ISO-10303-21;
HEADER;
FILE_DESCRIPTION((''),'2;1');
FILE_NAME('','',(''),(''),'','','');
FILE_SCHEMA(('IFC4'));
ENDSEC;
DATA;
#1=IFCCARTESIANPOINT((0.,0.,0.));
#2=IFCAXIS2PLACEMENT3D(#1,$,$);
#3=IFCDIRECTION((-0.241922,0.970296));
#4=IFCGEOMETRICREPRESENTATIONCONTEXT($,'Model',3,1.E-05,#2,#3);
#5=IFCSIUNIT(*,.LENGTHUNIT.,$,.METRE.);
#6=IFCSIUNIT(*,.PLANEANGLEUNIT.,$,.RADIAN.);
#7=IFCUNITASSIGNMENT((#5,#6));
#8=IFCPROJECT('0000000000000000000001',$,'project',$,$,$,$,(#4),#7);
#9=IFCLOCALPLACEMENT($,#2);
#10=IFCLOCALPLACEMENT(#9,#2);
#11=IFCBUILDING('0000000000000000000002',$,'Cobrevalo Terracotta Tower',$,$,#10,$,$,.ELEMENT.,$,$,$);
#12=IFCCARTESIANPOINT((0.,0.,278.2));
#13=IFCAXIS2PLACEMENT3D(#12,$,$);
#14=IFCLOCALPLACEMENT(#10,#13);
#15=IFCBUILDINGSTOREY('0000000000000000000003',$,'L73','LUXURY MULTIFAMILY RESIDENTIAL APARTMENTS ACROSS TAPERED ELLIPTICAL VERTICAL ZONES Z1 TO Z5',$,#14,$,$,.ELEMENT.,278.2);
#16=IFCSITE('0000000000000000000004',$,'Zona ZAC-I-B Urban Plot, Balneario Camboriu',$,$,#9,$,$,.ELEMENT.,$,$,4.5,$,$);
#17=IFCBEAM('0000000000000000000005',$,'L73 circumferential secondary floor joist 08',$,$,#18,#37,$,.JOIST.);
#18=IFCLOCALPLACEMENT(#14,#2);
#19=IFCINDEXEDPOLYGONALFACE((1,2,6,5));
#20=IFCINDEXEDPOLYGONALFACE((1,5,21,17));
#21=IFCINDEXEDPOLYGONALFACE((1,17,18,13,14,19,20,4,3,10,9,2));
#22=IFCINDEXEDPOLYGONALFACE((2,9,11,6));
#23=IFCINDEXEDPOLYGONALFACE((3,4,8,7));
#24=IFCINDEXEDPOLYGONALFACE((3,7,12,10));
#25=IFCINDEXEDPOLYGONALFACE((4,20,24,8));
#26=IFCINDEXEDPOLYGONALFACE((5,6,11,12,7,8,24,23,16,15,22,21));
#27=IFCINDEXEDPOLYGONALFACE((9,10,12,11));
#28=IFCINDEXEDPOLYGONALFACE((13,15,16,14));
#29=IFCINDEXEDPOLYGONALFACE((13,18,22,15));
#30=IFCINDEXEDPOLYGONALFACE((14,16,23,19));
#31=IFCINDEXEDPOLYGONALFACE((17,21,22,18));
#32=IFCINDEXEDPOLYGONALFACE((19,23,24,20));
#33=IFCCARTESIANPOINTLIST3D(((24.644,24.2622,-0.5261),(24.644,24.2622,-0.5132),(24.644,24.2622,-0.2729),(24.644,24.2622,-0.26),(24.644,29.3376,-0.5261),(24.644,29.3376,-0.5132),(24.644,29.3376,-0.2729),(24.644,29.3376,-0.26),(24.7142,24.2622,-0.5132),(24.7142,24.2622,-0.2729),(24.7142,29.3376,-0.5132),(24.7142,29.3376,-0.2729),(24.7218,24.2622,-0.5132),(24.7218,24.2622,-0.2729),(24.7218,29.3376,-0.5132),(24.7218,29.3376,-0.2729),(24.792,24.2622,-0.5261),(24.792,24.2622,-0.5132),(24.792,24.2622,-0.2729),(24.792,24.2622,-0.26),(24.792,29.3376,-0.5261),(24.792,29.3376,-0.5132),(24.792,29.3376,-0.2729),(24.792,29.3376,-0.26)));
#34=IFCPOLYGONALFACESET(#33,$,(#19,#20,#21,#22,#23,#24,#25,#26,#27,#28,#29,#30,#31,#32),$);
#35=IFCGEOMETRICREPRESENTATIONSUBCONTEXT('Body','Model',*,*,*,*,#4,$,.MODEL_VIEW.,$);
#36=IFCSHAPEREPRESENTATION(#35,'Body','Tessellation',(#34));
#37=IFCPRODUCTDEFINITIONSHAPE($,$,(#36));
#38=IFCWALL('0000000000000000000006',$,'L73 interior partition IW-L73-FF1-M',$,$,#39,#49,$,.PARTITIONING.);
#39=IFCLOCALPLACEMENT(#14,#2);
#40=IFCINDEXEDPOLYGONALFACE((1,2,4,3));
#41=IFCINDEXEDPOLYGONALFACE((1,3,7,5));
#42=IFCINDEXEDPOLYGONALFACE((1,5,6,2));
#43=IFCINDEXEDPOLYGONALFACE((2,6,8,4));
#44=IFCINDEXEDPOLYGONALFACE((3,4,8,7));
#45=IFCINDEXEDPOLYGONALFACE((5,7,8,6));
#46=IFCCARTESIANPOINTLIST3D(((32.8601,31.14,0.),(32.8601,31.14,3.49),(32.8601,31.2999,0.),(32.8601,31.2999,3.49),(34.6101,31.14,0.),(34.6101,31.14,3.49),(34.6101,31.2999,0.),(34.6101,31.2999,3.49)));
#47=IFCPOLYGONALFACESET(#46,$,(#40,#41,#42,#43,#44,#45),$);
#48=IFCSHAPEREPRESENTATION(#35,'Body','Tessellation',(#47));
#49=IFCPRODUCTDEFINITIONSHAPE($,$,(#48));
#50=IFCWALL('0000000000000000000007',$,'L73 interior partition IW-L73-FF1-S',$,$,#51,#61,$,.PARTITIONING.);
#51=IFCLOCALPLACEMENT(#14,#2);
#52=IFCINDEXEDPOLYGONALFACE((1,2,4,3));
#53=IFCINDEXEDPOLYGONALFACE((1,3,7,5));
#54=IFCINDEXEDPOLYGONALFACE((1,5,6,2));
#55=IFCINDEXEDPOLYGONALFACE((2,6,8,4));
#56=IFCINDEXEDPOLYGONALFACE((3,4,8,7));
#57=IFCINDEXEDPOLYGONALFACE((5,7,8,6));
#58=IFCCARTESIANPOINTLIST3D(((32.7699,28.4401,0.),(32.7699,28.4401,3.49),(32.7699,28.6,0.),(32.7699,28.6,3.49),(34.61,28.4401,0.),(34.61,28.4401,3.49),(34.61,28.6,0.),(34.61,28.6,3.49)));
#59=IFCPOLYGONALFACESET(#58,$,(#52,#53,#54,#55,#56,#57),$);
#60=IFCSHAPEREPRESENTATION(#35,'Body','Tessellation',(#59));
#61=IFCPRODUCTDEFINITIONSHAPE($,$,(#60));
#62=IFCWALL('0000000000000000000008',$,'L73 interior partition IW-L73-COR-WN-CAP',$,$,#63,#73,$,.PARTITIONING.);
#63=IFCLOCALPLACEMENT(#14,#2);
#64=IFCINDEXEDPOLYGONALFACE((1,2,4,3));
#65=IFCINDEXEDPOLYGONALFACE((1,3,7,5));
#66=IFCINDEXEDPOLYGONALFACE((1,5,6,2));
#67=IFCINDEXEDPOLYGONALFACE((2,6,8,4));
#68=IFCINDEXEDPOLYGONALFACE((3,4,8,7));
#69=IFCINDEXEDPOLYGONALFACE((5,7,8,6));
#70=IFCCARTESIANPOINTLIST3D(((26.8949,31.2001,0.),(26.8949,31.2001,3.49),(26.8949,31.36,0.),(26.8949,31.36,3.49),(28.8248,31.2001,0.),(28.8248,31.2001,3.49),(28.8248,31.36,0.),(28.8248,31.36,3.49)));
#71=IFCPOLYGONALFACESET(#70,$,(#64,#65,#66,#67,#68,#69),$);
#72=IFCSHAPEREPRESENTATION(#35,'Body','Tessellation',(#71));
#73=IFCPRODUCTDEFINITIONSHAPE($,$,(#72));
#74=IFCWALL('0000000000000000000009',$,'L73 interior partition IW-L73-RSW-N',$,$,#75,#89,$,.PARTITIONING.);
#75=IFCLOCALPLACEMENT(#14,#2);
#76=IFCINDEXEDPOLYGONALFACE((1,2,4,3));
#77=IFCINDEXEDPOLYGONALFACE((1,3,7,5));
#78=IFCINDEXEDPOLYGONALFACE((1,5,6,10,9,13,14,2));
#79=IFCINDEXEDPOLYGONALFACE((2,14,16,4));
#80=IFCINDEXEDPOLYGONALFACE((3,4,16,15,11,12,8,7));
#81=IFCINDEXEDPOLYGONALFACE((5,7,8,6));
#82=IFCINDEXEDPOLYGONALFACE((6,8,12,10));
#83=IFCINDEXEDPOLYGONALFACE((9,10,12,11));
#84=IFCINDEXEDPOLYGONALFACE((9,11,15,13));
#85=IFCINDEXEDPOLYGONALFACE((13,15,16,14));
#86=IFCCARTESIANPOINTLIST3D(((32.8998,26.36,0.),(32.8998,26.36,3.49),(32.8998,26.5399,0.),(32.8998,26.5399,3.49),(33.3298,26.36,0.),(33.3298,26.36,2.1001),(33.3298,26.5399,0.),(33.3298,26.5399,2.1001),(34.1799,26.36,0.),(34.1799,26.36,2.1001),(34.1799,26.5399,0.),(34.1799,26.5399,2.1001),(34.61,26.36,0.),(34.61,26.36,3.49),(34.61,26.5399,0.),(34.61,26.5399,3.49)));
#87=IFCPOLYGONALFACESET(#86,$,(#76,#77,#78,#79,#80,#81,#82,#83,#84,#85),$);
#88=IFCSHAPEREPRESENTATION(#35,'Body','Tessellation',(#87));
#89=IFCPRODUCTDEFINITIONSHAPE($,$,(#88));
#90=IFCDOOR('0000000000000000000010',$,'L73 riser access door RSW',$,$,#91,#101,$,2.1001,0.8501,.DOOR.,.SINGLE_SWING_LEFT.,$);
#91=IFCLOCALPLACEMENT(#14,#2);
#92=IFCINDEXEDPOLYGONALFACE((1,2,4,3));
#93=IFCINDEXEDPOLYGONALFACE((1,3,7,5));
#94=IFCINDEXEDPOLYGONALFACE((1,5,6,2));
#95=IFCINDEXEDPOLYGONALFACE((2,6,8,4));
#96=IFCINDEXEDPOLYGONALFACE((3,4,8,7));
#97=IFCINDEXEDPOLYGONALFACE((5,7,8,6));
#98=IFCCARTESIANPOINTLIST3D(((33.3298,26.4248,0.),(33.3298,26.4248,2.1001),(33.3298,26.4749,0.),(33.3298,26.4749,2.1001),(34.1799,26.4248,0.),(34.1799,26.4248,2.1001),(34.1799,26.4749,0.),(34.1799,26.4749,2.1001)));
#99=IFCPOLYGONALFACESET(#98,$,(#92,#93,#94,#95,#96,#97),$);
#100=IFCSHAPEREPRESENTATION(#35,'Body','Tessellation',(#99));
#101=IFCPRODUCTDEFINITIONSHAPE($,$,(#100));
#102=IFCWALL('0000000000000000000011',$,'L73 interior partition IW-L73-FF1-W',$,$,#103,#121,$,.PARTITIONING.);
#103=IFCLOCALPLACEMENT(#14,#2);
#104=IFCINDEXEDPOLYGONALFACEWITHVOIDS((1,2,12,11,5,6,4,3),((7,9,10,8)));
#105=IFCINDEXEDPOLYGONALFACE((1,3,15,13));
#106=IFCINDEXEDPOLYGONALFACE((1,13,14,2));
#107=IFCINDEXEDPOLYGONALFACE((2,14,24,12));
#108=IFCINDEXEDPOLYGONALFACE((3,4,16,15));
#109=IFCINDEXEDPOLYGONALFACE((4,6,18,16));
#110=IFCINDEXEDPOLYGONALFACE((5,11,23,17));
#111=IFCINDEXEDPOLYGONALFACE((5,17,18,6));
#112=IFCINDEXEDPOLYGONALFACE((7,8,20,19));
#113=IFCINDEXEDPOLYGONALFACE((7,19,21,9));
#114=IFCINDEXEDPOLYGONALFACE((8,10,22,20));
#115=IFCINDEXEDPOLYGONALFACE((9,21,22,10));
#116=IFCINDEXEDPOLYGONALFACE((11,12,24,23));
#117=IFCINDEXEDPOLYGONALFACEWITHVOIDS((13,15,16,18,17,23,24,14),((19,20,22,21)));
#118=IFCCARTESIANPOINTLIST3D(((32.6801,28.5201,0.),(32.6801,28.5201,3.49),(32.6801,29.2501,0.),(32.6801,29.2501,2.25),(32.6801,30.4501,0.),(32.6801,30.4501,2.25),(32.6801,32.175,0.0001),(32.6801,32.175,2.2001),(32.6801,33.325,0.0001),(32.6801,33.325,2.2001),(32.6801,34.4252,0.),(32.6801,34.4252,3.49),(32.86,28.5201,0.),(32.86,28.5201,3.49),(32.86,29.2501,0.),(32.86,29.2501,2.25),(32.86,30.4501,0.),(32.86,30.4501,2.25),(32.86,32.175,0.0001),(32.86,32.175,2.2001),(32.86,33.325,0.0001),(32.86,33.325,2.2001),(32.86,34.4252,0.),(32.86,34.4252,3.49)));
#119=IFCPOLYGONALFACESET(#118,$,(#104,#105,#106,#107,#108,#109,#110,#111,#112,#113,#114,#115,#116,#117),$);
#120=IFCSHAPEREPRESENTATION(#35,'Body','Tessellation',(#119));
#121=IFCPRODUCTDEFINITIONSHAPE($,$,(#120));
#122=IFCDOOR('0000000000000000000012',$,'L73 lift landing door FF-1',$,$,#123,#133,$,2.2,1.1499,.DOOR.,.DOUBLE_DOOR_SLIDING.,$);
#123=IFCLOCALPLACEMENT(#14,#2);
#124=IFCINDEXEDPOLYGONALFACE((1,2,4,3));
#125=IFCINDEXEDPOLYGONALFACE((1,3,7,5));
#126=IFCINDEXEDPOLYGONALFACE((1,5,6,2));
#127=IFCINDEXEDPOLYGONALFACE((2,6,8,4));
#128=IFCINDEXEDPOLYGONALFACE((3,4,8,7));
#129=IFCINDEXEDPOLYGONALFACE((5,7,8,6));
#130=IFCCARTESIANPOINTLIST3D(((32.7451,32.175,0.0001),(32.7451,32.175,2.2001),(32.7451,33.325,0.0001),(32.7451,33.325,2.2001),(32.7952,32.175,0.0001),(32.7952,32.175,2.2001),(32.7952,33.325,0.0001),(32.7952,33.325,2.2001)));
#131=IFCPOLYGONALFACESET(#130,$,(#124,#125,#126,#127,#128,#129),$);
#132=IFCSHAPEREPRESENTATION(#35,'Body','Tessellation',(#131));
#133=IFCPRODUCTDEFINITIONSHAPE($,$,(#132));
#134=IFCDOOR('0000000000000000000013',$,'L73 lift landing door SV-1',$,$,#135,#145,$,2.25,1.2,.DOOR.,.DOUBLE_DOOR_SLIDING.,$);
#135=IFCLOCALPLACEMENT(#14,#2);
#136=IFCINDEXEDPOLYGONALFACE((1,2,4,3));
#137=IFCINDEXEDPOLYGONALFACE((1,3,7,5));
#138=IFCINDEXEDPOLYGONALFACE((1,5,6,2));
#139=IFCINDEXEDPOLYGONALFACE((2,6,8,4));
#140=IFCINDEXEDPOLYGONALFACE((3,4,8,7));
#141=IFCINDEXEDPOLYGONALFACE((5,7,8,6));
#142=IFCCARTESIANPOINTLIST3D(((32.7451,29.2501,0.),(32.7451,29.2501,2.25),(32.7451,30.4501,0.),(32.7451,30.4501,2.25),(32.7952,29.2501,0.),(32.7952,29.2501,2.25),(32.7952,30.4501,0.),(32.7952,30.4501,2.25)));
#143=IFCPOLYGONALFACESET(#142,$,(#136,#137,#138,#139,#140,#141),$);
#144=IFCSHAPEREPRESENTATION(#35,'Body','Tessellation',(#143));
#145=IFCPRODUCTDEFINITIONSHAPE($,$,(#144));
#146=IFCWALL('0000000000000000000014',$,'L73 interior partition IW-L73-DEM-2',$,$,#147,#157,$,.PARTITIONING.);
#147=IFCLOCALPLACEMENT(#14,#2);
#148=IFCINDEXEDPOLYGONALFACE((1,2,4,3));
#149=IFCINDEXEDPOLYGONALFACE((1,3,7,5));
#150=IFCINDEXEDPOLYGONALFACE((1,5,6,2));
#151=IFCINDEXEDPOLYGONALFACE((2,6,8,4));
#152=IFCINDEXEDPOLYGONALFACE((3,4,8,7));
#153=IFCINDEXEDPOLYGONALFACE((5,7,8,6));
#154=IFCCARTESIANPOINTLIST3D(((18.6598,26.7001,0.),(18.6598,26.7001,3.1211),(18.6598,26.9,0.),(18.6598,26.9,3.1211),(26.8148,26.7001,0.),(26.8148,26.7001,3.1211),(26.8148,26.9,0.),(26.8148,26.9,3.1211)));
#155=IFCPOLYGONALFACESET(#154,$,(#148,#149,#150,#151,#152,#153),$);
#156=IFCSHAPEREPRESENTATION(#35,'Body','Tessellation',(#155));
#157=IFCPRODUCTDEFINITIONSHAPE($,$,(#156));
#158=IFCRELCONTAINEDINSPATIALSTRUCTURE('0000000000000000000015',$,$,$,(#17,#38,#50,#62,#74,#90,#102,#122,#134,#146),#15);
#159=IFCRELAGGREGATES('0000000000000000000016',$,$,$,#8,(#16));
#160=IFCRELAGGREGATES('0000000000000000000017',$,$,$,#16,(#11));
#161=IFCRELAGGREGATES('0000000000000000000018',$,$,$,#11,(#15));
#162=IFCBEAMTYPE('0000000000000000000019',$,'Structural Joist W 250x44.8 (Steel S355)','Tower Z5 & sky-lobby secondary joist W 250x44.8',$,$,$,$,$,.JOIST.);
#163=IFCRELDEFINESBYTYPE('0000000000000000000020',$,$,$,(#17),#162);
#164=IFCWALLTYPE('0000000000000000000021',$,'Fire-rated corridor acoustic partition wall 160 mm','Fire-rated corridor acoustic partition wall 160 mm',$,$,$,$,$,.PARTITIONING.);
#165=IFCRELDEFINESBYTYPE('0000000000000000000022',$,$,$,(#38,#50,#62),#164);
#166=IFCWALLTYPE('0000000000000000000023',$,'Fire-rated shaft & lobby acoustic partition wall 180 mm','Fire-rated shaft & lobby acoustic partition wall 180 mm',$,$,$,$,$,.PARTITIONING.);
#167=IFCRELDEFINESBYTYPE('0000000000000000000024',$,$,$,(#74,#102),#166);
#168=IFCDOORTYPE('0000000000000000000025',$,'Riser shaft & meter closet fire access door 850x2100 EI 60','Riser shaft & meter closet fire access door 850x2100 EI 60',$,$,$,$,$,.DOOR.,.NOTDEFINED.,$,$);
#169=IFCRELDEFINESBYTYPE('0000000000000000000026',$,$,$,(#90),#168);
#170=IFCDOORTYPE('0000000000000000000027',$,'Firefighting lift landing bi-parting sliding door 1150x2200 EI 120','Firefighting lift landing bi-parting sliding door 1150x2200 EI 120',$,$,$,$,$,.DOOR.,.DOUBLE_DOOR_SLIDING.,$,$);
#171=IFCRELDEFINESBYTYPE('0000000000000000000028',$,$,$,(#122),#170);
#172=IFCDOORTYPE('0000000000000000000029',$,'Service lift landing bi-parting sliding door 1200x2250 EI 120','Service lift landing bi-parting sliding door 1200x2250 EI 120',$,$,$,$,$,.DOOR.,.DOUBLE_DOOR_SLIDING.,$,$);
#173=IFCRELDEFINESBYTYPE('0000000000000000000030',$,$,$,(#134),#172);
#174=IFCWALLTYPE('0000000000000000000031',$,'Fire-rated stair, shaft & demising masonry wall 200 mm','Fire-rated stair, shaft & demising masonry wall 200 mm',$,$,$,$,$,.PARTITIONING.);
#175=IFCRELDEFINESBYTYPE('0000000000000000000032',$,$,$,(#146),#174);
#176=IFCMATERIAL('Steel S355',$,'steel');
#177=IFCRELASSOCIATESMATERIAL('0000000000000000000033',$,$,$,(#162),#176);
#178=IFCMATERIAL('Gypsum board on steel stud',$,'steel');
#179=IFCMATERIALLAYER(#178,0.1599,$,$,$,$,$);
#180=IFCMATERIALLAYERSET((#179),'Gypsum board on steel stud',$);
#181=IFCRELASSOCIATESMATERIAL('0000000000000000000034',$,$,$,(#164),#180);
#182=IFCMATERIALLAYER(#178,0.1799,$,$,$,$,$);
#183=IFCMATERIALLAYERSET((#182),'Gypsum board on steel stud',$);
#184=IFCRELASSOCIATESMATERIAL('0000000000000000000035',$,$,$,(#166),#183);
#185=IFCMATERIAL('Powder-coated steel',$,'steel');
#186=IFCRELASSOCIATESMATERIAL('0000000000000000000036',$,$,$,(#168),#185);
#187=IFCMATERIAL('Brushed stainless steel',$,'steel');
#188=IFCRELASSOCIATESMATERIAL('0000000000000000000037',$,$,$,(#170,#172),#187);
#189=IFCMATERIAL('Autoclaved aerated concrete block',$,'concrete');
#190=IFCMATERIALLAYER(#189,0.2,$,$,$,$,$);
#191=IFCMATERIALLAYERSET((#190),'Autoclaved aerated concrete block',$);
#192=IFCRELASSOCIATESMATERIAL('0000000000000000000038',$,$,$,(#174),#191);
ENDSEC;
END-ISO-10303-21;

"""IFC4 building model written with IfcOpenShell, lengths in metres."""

from ifc_helpers import new_model, si_unit, direction, frame, frame_2d, origin, origin_2d, place, context, subcontext, project, spatial, rectangle, i_section, extrude, source, transform, mapped, material, layer, layer_set, material_profile, profile_set, type_object, element, fill, save


model = new_model("IFC4")

# Units and contexts
model_context = context("Model", 3, precision=1e-05, world=origin(), true_north=direction((-0.241922, 0.970296)))
body_context = subcontext(model_context, "Body", "Model", "MODEL_VIEW")
ifc_project = project(units=[si_unit("LENGTHUNIT", "METRE"), si_unit("PLANEANGLEUNIT", "RADIAN")], contexts=[model_context])

# Site, building, storey
site_placement = place(None, origin())
site = spatial("IfcSite", under=ifc_project, at=site_placement, Name="Zona ZAC-I-B Urban Plot, Balneario Camboriu", CompositionType="ELEMENT", RefElevation=4.5)
building_placement = place(site_placement, origin())
building = spatial("IfcBuilding", under=site, at=building_placement, Name="Cobrevalo Terracotta Tower", CompositionType="ELEMENT")
storey_placement = place(building_placement, frame((0.0, 0.0, 278.2)))
storey = spatial("IfcBuildingStorey", under=building, at=storey_placement, Name="L73", Description="LUXURY MULTIFAMILY RESIDENTIAL APARTMENTS ACROSS TAPERED ELLIPTICAL VERTICAL ZONES Z1 TO Z5", CompositionType="ELEMENT", Elevation=278.2)

# Beam
ifc_material_1 = material(Name="Steel S355", Category="steel")
ifc_material_profile = material_profile(ifc_material_1, i_section(OverallWidth=0.1479, OverallDepth=0.2661, WebThickness=0.0076, FlangeThickness=0.0129, at=origin_2d()), Name="W 250x44.8")
ifc_profile_set = profile_set([ifc_material_profile], Name="Steel S355")
beam_type = type_object("IfcBeamType", Name="Structural Joist W 250x44.8 (Steel S355)", Description="Tower Z5 & sky-lobby secondary joist W 250x44.8", PredefinedType="JOIST", material=ifc_profile_set)
beam_placement = place(storey_placement, frame((24.718, 29.3376, -0.3931), z_axis=(0.0, -1.0, 0.0), x_axis=(1.0, 0.0, 0.0)))
element("IfcBeam", 1, at=beam_placement, inside=storey, type_object=beam_type, Name="L73 circumferential secondary floor joist 08", PredefinedType="JOIST", context=body_context, shape_type="SweptSolid", body=[
    extrude(i_section(OverallWidth=0.1479, OverallDepth=0.2661, WebThickness=0.0076, FlangeThickness=0.0129, at=origin_2d()), origin(), (0.0, 0.0, 1.0), 5.0754),
])

# Walls
ifc_material_2 = material(Name="Gypsum board on steel stud", Category="steel")
ifc_layer_1 = layer(ifc_material_2, 0.1599)
ifc_layer_set_1 = layer_set([ifc_layer_1], Name="Gypsum board on steel stud")
wall_type_1 = type_object("IfcWallType", Name="Fire-rated corridor acoustic partition wall 160 mm", Description="Fire-rated corridor acoustic partition wall 160 mm", PredefinedType="PARTITIONING", material=ifc_layer_set_1)
wall_1_placement = place(storey_placement, frame((32.8601, 31.22, 0.0), z_axis=(0.0, 0.0, 1.0), x_axis=(1.0, 0.0, 0.0)))
element("IfcWall", 2, at=wall_1_placement, inside=storey, type_object=wall_type_1, Name="L73 interior partition IW-L73-FF1-M", PredefinedType="PARTITIONING", context=body_context, shape_type="SweptSolid", body=[
    extrude(rectangle(XDim=1.75, YDim=0.1599, at=frame_2d((0.875, 0.0))), origin(), (0.0, 0.0, 1.0), 3.49),
])
wall_2_placement = place(storey_placement, frame((32.77, 28.52, 0.0), z_axis=(0.0, 0.0, 1.0), x_axis=(1.0, 0.0, 0.0)))
element("IfcWall", 3, at=wall_2_placement, inside=storey, type_object=wall_type_1, Name="L73 interior partition IW-L73-FF1-S", PredefinedType="PARTITIONING", context=body_context, shape_type="SweptSolid", body=[
    extrude(rectangle(XDim=1.8401, YDim=0.1599, at=frame_2d((0.9199, 0.0))), origin(), (0.0, 0.0, 1.0), 3.49),
])
wall_3_placement = place(storey_placement, frame((26.895, 31.28, 0.0), z_axis=(0.0, 0.0, 1.0), x_axis=(1.0, 0.0, 0.0)))
element("IfcWall", 4, at=wall_3_placement, inside=storey, type_object=wall_type_1, Name="L73 interior partition IW-L73-COR-WN-CAP", PredefinedType="PARTITIONING", context=body_context, shape_type="SweptSolid", body=[
    extrude(rectangle(XDim=1.9299, YDim=0.1599, at=frame_2d((0.9648, 0.0))), origin(), (0.0, 0.0, 1.0), 3.49),
])

# Wall, opening, door
ifc_layer_2 = layer(ifc_material_2, 0.1799)
ifc_layer_set_2 = layer_set([ifc_layer_2], Name="Gypsum board on steel stud")
wall_type_2 = type_object("IfcWallType", Name="Fire-rated shaft & lobby acoustic partition wall 180 mm", Description="Fire-rated shaft & lobby acoustic partition wall 180 mm", PredefinedType="PARTITIONING", material=ifc_layer_set_2)
wall_4_placement = place(storey_placement, frame((32.8999, 26.45, 0.0), z_axis=(0.0, 0.0, 1.0), x_axis=(1.0, 0.0, 0.0)))
wall_4 = element("IfcWall", 5, at=wall_4_placement, inside=storey, type_object=wall_type_2, Name="L73 interior partition IW-L73-RSW-N", PredefinedType="PARTITIONING", context=body_context, shape_type="SweptSolid", body=[
    extrude(rectangle(XDim=1.7102, YDim=0.1799, at=frame_2d((0.855, 0.0))), origin(), (0.0, 0.0, 1.0), 3.49),
])
opening_1_placement = place(wall_4_placement, frame((0.4299, 0.0, 0.0)))
opening_1 = element("IfcOpeningElement", 6, at=opening_1_placement, cuts=wall_4, PredefinedType="OPENING", context=body_context, shape_type="SweptSolid", body=[
    extrude(rectangle(XDim=0.8501, YDim=2.1001, at=frame_2d((0.425, 1.05))), frame((0.0, 0.1001, 0.0), z_axis=(0.0, -1.0, 0.0), x_axis=(1.0, 0.0, 0.0)), (0.0, 0.0, 1.0), 0.2),
])
ifc_material_3 = material(Name="Powder-coated steel", Category="steel")
door_type_1 = type_object("IfcDoorType", Name="Riser shaft & meter closet fire access door 850x2100 EI 60", Description="Riser shaft & meter closet fire access door 850x2100 EI 60", OperationType="NOTDEFINED", PredefinedType="DOOR", material=ifc_material_3)
shared_shape_1 = source(origin(), body_context, "Body", "SweptSolid", [
    extrude(rectangle(XDim=0.8501, YDim=2.1001, at=frame_2d((0.425, 1.05))), frame((0.0, 0.0249, 0.0), z_axis=(0.0, -1.0, 0.0), x_axis=(1.0, 0.0, 0.0)), (0.0, 0.0, 1.0), 0.05),
])
door_1_placement = place(opening_1_placement, origin())
door_1 = element("IfcDoor", 7, at=door_1_placement, inside=storey, type_object=door_type_1, Name="L73 riser access door RSW", OperationType="SINGLE_SWING_LEFT", OverallHeight=2.1001, OverallWidth=0.8501, PredefinedType="DOOR", context=body_context, shape_type="MappedRepresentation", body=[
    mapped(shared_shape_1, transform((0.0, 0.0, 0.0), scale=1.0)),
])
fill(opening_1, door_1)

# Wall, openings, doors
wall_5_placement = place(storey_placement, frame((32.77, 28.52, 0.0), z_axis=(0.0, 0.0, 1.0), x_axis=(0.0, 1.0, 0.0)))
wall_5 = element("IfcWall", 8, at=wall_5_placement, inside=storey, type_object=wall_type_2, Name="L73 interior partition IW-L73-FF1-W", PredefinedType="PARTITIONING", context=body_context, shape_type="SweptSolid", body=[
    extrude(rectangle(XDim=5.905, YDim=0.1799, at=frame_2d((2.9526, 0.0))), origin(), (0.0, 0.0, 1.0), 3.49),
])
opening_2_placement = place(wall_5_placement, frame((3.655, 0.0, 0.0)))
opening_2 = element("IfcOpeningElement", 9, at=opening_2_placement, cuts=wall_5, PredefinedType="OPENING", context=body_context, shape_type="SweptSolid", body=[
    extrude(rectangle(XDim=1.1499, YDim=2.2, at=frame_2d((0.575, 1.1001))), frame((0.0, 0.1001, 0.0), z_axis=(0.0, -1.0, 0.0), x_axis=(1.0, 0.0, 0.0)), (0.0, 0.0, 1.0), 0.2),
])
opening_3_placement = place(wall_5_placement, frame((0.73, 0.0, 0.0)))
opening_3 = element("IfcOpeningElement", 10, at=opening_3_placement, cuts=wall_5, PredefinedType="OPENING", context=body_context, shape_type="SweptSolid", body=[
    extrude(rectangle(XDim=1.2, YDim=2.25, at=frame_2d((0.6001, 1.125))), frame((0.0, 0.1001, 0.0), z_axis=(0.0, -1.0, 0.0), x_axis=(1.0, 0.0, 0.0)), (0.0, 0.0, 1.0), 0.2),
])
ifc_material_4 = material(Name="Brushed stainless steel", Category="steel")
door_type_2 = type_object("IfcDoorType", Name="Firefighting lift landing bi-parting sliding door 1150x2200 EI 120", Description="Firefighting lift landing bi-parting sliding door 1150x2200 EI 120", OperationType="DOUBLE_DOOR_SLIDING", PredefinedType="DOOR", material=ifc_material_4)
shared_shape_2 = source(origin(), body_context, "Body", "SweptSolid", [
    extrude(rectangle(XDim=1.1499, YDim=2.2, at=frame_2d((0.575, 1.1001))), frame((0.0, 0.0249, 0.0), z_axis=(0.0, -1.0, 0.0), x_axis=(1.0, 0.0, 0.0)), (0.0, 0.0, 1.0), 0.05),
])
door_2_placement = place(opening_2_placement, origin())
door_2 = element("IfcDoor", 11, at=door_2_placement, inside=storey, type_object=door_type_2, Name="L73 lift landing door FF-1", OperationType="DOUBLE_DOOR_SLIDING", OverallHeight=2.2, OverallWidth=1.1499, PredefinedType="DOOR", context=body_context, shape_type="MappedRepresentation", body=[
    mapped(shared_shape_2, transform((0.0, 0.0, 0.0), scale=1.0)),
])
fill(opening_2, door_2)
door_type_3 = type_object("IfcDoorType", Name="Service lift landing bi-parting sliding door 1200x2250 EI 120", Description="Service lift landing bi-parting sliding door 1200x2250 EI 120", OperationType="DOUBLE_DOOR_SLIDING", PredefinedType="DOOR", material=ifc_material_4)
shared_shape_3 = source(origin(), body_context, "Body", "SweptSolid", [
    extrude(rectangle(XDim=1.2, YDim=2.25, at=frame_2d((0.6001, 1.125))), frame((0.0, 0.0249, 0.0), z_axis=(0.0, -1.0, 0.0), x_axis=(1.0, 0.0, 0.0)), (0.0, 0.0, 1.0), 0.05),
])
door_3_placement = place(opening_3_placement, origin())
door_3 = element("IfcDoor", 12, at=door_3_placement, inside=storey, type_object=door_type_3, Name="L73 lift landing door SV-1", OperationType="DOUBLE_DOOR_SLIDING", OverallHeight=2.25, OverallWidth=1.2, PredefinedType="DOOR", context=body_context, shape_type="MappedRepresentation", body=[
    mapped(shared_shape_3, transform((0.0, 0.0, 0.0), scale=1.0)),
])
fill(opening_3, door_3)

# Wall
ifc_material_5 = material(Name="Autoclaved aerated concrete block", Category="concrete")
ifc_layer_3 = layer(ifc_material_5, 0.2)
ifc_layer_set_3 = layer_set([ifc_layer_3], Name="Autoclaved aerated concrete block")
wall_type_3 = type_object("IfcWallType", Name="Fire-rated stair, shaft & demising masonry wall 200 mm", Description="Fire-rated stair, shaft & demising masonry wall 200 mm", PredefinedType="PARTITIONING", material=ifc_layer_set_3)
wall_6_placement = place(storey_placement, frame((26.8149, 26.8, 0.0), z_axis=(0.0, 0.0, 1.0), x_axis=(-1.0, 0.0, 0.0)))
element("IfcWall", 13, at=wall_6_placement, inside=storey, type_object=wall_type_3, Name="L73 interior partition IW-L73-DEM-2", PredefinedType="PARTITIONING", context=body_context, shape_type="SweptSolid", body=[
    extrude(rectangle(XDim=8.155, YDim=0.2, at=frame_2d((4.0776, 0.0))), origin(), (0.0, 0.0, 1.0), 3.1211),
])

save(model, "model.ifc")
